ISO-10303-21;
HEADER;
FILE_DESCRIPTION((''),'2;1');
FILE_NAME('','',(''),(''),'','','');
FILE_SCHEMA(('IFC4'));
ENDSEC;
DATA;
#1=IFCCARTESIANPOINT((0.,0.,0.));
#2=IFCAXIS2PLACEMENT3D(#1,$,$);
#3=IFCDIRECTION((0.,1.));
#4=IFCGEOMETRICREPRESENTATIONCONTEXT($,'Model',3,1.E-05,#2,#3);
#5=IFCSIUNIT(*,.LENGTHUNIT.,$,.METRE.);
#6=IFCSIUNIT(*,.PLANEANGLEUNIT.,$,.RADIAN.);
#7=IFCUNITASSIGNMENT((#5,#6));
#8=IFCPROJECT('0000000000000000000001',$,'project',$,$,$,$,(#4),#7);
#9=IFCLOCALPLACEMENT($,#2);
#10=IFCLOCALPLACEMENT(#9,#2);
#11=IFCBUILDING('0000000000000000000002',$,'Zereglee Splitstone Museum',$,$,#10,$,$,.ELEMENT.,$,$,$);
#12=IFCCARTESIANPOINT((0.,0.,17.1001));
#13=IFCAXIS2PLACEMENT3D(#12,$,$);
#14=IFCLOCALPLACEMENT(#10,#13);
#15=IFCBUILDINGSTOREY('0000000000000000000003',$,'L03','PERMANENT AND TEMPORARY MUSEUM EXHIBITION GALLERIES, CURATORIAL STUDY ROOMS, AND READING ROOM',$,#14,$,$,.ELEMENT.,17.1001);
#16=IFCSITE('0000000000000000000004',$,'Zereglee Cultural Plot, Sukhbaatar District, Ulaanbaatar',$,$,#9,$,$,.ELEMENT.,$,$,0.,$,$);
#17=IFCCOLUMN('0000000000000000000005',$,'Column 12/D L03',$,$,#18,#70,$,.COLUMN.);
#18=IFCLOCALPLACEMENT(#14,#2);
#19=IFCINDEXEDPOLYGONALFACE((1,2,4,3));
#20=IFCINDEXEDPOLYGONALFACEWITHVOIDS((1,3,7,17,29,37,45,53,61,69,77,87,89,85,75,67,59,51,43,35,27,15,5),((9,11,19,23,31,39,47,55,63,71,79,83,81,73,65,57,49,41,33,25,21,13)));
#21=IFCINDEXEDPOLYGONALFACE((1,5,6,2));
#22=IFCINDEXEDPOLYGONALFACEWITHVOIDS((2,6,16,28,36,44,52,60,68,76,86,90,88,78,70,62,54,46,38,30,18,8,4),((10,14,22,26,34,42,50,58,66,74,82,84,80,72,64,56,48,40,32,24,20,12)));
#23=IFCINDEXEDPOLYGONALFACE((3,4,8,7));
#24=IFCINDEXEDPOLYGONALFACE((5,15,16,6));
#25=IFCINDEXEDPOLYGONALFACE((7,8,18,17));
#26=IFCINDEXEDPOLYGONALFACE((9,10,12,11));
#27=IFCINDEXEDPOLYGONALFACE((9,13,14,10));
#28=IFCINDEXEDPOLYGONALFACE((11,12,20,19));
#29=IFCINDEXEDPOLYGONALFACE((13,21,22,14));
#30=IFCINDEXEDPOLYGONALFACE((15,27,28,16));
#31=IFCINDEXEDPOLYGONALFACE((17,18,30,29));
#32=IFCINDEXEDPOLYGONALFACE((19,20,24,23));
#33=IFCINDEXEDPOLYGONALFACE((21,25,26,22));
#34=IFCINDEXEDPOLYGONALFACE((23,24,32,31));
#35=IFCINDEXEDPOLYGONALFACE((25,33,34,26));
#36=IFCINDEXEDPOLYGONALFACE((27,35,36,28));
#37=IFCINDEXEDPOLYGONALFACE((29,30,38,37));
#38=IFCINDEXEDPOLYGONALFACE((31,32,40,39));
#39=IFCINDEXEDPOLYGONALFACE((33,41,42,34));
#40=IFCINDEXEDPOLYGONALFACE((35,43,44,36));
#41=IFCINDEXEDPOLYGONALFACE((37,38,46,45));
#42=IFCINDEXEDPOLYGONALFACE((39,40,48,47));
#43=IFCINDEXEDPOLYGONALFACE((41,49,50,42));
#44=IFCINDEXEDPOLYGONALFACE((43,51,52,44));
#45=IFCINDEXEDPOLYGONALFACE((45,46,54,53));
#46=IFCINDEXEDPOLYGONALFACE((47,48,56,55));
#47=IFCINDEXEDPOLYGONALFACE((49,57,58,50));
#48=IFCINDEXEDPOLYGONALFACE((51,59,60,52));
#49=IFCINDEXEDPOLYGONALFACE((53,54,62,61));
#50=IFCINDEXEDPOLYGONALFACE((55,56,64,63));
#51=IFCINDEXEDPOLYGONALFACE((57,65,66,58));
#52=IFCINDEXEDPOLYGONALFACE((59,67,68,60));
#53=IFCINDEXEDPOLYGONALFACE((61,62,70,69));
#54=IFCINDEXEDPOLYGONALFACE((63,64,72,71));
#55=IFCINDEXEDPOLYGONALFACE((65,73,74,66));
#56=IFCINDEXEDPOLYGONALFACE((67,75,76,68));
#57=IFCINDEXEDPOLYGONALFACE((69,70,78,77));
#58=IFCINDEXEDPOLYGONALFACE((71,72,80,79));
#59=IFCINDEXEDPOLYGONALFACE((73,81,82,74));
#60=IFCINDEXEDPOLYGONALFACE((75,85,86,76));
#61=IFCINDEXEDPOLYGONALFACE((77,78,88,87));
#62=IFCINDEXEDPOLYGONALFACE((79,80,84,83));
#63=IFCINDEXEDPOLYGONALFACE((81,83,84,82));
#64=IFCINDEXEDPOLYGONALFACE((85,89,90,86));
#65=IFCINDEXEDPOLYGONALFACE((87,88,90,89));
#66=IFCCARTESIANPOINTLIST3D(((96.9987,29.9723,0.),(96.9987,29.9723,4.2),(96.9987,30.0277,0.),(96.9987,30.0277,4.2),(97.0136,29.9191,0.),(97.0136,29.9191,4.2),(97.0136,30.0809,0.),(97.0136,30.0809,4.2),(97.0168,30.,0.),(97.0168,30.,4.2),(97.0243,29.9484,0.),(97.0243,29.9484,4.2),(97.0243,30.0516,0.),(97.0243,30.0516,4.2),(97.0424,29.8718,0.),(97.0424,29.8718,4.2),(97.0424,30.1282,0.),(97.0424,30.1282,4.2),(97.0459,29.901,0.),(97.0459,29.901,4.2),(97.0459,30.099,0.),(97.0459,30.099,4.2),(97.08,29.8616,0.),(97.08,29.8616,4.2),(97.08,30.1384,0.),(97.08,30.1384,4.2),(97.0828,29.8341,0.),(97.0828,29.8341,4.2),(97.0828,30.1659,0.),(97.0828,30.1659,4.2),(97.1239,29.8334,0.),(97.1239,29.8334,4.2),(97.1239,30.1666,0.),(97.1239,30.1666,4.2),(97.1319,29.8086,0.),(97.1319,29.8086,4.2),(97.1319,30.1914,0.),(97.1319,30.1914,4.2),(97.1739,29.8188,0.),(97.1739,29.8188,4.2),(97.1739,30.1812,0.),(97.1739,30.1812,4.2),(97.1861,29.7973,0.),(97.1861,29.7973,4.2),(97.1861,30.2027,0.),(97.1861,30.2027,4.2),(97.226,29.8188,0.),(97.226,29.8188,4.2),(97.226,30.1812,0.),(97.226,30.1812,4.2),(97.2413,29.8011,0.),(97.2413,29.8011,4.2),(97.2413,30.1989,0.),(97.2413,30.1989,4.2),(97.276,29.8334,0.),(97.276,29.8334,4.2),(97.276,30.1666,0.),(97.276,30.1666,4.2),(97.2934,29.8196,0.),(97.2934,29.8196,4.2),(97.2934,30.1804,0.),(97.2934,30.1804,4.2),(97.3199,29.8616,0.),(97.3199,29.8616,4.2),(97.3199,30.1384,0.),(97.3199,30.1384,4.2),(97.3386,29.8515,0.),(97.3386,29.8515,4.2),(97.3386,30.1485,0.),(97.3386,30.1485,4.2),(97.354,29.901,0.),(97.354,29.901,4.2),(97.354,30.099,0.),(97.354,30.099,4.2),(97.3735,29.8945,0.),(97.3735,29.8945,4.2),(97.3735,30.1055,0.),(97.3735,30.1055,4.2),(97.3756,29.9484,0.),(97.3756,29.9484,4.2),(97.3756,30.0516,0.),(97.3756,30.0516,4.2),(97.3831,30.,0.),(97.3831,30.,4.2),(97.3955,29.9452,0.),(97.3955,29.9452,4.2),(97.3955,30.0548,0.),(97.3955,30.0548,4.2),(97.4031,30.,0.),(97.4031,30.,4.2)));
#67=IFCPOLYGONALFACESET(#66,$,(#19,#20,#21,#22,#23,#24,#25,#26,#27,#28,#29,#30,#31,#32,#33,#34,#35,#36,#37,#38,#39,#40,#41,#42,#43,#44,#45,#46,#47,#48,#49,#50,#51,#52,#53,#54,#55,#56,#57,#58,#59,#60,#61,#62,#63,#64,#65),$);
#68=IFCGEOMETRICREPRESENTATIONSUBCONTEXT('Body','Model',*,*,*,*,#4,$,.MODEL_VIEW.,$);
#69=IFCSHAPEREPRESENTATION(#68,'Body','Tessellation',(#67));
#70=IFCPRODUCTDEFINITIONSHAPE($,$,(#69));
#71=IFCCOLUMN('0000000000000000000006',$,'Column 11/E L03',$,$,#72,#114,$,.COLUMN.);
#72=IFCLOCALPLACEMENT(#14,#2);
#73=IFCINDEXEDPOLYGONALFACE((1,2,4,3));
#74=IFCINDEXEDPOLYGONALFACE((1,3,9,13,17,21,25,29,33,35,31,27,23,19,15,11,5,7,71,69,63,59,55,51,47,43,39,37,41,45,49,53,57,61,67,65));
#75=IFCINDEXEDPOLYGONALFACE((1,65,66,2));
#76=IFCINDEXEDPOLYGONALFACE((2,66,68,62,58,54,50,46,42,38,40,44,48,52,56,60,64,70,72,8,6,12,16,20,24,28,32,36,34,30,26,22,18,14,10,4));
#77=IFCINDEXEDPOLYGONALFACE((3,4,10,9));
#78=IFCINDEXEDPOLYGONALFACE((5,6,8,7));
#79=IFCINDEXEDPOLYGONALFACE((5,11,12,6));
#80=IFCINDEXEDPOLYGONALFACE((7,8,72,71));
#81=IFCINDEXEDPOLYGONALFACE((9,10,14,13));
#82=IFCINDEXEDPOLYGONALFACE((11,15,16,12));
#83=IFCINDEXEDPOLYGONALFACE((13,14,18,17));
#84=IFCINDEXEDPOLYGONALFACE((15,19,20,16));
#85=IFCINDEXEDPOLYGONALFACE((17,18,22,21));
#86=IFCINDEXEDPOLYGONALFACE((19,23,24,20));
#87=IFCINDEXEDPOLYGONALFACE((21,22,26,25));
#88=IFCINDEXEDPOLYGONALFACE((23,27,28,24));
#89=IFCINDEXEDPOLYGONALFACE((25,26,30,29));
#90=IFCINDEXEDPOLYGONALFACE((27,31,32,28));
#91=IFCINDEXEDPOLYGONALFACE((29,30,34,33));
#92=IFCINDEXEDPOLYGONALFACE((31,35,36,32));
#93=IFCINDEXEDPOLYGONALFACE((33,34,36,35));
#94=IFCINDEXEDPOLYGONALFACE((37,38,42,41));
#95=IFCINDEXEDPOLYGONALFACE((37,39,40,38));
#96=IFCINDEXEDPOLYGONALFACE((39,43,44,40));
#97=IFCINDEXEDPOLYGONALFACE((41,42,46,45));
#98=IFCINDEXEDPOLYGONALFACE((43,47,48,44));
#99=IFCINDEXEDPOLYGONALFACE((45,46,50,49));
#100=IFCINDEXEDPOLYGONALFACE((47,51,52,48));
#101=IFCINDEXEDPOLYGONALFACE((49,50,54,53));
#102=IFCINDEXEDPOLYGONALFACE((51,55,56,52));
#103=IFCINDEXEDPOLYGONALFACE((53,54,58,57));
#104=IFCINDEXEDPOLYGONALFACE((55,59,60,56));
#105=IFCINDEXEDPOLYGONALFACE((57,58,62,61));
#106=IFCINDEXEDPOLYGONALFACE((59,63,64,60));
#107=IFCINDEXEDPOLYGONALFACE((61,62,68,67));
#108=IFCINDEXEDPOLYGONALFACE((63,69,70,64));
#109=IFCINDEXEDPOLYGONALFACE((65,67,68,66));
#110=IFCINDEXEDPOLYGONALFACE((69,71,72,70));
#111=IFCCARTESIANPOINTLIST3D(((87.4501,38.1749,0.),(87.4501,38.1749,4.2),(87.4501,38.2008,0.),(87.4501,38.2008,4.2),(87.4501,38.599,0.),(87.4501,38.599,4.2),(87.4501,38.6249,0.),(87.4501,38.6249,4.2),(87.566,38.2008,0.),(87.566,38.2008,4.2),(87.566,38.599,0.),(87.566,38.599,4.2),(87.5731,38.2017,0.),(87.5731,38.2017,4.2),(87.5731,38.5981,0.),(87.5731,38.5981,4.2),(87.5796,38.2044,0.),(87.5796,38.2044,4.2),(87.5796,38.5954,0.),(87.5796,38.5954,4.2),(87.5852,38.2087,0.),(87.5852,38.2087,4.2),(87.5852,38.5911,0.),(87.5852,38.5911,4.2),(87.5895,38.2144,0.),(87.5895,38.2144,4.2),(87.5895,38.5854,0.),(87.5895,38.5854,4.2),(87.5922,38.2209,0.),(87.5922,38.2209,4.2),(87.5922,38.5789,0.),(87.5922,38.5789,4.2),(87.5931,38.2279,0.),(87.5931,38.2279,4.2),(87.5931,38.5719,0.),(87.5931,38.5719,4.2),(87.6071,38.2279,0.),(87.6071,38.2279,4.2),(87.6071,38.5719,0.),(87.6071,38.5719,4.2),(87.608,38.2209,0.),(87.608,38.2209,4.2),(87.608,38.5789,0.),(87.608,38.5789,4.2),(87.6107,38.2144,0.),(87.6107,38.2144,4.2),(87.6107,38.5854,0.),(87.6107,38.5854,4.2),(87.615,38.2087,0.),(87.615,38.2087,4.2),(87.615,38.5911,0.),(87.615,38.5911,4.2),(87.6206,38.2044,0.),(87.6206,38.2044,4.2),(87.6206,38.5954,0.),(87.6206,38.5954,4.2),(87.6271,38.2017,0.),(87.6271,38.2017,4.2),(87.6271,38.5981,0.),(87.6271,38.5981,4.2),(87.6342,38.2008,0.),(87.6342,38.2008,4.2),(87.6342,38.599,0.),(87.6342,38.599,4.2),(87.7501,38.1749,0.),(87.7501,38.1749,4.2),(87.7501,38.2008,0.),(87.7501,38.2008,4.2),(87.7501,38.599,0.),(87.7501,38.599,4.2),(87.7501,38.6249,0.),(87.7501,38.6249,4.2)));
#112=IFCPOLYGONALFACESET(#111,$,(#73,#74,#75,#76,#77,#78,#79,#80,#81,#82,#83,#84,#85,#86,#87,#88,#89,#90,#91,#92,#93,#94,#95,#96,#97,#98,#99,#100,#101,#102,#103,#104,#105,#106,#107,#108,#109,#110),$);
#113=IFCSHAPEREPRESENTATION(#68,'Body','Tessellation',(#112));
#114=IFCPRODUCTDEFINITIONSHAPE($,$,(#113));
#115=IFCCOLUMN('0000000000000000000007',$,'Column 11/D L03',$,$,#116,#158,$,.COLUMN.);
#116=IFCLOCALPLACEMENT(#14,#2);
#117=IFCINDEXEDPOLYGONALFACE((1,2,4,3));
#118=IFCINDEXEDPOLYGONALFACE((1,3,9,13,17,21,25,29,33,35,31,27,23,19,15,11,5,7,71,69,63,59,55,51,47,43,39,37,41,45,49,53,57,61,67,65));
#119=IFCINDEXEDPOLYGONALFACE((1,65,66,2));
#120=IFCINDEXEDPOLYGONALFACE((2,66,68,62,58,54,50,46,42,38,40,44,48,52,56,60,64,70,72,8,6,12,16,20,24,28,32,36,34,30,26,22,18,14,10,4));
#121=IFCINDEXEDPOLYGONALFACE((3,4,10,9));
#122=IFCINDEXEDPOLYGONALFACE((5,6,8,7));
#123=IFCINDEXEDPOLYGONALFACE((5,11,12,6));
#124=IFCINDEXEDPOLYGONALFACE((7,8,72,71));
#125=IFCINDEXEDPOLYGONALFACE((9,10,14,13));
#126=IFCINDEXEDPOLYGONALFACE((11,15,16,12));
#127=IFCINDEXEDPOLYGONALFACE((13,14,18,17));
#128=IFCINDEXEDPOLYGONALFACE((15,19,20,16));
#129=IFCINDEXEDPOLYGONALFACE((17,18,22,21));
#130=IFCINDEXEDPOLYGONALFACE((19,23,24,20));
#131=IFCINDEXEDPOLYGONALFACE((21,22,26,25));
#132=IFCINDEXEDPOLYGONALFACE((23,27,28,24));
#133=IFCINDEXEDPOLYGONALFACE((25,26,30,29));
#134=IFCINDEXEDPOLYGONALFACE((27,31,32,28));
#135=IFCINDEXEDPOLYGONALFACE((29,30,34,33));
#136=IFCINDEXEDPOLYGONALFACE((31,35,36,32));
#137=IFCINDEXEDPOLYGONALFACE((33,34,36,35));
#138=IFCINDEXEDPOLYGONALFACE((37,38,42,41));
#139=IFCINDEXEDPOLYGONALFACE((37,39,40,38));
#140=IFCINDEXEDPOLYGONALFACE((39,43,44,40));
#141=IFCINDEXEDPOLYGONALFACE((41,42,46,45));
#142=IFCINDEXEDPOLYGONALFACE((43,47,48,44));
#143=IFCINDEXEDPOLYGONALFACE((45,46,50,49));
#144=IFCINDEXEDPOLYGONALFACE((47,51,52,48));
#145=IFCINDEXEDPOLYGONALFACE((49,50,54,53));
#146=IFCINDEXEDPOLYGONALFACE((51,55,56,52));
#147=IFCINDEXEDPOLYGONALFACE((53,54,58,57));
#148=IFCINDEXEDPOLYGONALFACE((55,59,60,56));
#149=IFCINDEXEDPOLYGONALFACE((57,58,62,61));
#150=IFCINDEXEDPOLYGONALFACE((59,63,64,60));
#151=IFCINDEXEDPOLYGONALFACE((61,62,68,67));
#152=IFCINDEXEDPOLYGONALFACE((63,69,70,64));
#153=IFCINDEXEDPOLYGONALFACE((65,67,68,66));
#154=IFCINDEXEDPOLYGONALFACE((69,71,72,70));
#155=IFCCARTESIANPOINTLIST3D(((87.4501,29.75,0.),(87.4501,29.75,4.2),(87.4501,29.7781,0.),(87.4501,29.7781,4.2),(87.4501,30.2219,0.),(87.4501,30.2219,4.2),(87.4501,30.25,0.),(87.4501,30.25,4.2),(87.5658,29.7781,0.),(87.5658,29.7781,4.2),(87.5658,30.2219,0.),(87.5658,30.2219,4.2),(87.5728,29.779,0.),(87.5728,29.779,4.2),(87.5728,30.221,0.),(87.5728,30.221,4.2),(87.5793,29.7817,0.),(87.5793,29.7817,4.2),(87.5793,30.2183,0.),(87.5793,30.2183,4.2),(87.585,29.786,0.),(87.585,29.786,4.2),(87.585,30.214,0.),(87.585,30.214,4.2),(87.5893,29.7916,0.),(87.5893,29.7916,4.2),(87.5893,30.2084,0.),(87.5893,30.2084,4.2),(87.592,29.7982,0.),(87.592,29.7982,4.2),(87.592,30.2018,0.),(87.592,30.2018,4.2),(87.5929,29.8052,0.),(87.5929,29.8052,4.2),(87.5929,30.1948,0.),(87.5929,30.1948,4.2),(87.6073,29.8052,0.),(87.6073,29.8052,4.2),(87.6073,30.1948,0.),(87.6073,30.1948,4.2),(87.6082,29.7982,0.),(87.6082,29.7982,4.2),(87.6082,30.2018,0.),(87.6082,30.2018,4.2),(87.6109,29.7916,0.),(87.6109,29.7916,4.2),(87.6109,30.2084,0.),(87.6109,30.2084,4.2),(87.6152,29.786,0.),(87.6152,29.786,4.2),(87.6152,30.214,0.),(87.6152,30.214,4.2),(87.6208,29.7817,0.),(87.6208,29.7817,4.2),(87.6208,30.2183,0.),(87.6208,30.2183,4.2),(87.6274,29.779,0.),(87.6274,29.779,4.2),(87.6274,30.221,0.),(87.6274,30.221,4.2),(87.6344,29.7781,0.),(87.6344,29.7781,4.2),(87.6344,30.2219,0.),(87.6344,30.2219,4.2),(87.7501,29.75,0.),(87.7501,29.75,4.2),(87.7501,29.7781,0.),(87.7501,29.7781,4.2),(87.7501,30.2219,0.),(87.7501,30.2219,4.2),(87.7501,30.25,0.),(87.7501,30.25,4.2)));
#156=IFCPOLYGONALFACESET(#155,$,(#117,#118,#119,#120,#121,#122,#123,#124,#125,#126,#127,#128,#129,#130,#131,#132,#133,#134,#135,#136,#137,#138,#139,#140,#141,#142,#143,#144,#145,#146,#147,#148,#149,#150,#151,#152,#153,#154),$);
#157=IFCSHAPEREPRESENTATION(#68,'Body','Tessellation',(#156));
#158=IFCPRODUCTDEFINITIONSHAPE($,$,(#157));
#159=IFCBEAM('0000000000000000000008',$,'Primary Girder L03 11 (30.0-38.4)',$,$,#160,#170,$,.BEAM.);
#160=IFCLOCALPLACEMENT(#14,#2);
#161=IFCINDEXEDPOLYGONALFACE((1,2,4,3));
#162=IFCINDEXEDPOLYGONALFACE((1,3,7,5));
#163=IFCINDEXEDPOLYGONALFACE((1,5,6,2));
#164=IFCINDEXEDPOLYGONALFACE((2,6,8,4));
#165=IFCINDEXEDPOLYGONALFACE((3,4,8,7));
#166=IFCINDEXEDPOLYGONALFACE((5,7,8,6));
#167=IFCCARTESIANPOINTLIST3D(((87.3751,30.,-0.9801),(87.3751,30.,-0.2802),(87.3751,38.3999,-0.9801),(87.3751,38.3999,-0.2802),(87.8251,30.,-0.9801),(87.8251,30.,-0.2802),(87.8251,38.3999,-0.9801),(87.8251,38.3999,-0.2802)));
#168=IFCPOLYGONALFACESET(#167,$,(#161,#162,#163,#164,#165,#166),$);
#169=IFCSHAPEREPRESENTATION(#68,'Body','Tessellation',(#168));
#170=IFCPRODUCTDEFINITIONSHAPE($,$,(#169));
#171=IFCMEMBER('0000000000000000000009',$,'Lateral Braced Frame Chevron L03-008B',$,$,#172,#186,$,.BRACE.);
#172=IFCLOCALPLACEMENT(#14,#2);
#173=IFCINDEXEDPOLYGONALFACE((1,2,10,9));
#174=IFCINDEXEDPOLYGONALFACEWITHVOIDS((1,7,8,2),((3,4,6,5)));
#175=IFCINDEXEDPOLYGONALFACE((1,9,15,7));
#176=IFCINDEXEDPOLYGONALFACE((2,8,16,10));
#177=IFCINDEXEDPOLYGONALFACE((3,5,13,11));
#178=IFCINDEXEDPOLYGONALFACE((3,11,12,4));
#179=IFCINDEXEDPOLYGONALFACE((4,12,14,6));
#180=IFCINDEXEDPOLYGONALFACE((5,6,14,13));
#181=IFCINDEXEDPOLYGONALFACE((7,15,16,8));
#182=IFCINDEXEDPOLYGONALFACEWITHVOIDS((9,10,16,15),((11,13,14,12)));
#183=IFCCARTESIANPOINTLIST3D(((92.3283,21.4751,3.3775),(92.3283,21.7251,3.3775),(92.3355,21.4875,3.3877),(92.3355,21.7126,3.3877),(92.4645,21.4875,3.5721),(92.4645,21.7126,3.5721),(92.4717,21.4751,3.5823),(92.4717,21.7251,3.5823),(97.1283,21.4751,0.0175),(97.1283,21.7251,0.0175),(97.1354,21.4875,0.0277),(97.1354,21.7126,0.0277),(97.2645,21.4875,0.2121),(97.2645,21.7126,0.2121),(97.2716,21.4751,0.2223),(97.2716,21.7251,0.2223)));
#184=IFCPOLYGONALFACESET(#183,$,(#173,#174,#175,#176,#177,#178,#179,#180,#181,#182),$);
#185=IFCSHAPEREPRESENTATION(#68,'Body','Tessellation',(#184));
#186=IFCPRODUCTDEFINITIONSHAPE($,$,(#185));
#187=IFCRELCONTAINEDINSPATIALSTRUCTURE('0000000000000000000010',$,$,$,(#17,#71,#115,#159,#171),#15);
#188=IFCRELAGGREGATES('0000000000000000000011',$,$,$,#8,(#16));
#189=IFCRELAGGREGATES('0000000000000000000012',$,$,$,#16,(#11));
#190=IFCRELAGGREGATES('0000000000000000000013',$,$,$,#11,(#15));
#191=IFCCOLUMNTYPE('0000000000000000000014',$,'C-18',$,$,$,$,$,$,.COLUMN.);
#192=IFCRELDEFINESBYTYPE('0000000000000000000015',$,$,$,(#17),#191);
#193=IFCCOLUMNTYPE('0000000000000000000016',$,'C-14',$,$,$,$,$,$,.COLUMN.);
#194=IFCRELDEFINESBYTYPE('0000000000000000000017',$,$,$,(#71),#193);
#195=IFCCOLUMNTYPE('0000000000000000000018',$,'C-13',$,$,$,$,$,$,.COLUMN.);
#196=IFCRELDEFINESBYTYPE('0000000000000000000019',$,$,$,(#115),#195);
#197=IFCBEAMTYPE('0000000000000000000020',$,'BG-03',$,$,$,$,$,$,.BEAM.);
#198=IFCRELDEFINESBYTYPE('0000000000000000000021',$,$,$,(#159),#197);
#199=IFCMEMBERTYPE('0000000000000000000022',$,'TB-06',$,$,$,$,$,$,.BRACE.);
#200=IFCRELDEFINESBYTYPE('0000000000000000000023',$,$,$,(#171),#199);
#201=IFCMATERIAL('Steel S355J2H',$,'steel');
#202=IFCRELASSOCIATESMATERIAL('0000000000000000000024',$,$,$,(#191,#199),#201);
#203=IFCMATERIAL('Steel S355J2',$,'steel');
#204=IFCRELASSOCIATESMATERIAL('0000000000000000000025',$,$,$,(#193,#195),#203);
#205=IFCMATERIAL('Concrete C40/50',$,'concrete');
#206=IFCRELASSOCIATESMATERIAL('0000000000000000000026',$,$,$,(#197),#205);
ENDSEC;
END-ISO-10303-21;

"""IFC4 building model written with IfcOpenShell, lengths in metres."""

from ifc_helpers import new_model, si_unit, direction, frame, origin, origin_2d, place, context, subcontext, project, spatial, rectangle, hollow_rectangle, hollow_circle, i_section, extrude, material, material_profile, profile_set, type_object, element, save


model = new_model("IFC4")

# Units and contexts
model_context = context("Model", 3, precision=1e-05, world=origin(), true_north=direction((0.0, 1.0)))
body_context = subcontext(model_context, "Body", "Model", "MODEL_VIEW")
ifc_project = project(units=[si_unit("LENGTHUNIT", "METRE"), si_unit("PLANEANGLEUNIT", "RADIAN")], contexts=[model_context])

# Site, building, storey
site_placement = place(None, origin())
site = spatial("IfcSite", under=ifc_project, at=site_placement, Name="Zereglee Cultural Plot, Sukhbaatar District, Ulaanbaatar", CompositionType="ELEMENT", RefElevation=0.0)
building_placement = place(site_placement, origin())
building = spatial("IfcBuilding", under=site, at=building_placement, Name="Zereglee Splitstone Museum", CompositionType="ELEMENT")
storey_placement = place(building_placement, frame((0.0, 0.0, 17.1001)))
storey = spatial("IfcBuildingStorey", under=building, at=storey_placement, Name="L03", Description="PERMANENT AND TEMPORARY MUSEUM EXHIBITION GALLERIES, CURATORIAL STUDY ROOMS, AND READING ROOM", CompositionType="ELEMENT", Elevation=17.1001)

# Columns
ifc_material_1 = material(Name="Steel S355J2H", Category="steel")
ifc_material_profile_1 = material_profile(ifc_material_1, hollow_circle(Radius=0.2031, WallThickness=0.02, at=origin_2d()), Name="CHS 406.4x20")
ifc_profile_set_1 = profile_set([ifc_material_profile_1], Name="Steel S355J2H")
column_type_1 = type_object("IfcColumnType", Name="C-18", PredefinedType="COLUMN", material=ifc_profile_set_1)
column_1_placement = place(storey_placement, frame((97.2, 30.0, 0.0), z_axis=(0.0, 0.0, 1.0), x_axis=(1.0, 0.0, 0.0)))
element("IfcColumn", 1, at=column_1_placement, inside=storey, type_object=column_type_1, Name="Column 12/D L03", PredefinedType="COLUMN", context=body_context, shape_type="SweptSolid", body=[
    extrude(hollow_circle(Radius=0.2031, WallThickness=0.02, at=origin_2d()), origin(), (0.0, 0.0, 1.0), 4.2),
])
ifc_material_2 = material(Name="Steel S355J2", Category="steel")
ifc_material_profile_2 = material_profile(ifc_material_2, i_section(OverallWidth=0.3, OverallDepth=0.45, WebThickness=0.0139, FlangeThickness=0.0259, FilletRadius=0.0271, at=origin_2d()), Name="HE 450 B")
ifc_profile_set_2 = profile_set([ifc_material_profile_2], Name="Steel S355J2")
column_type_2 = type_object("IfcColumnType", Name="C-14", PredefinedType="COLUMN", material=ifc_profile_set_2)
column_2_placement = place(storey_placement, frame((87.6001, 38.3999, 0.0), z_axis=(0.0, 0.0, 1.0), x_axis=(1.0, 0.0, 0.0)))
element("IfcColumn", 2, at=column_2_placement, inside=storey, type_object=column_type_2, Name="Column 11/E L03", PredefinedType="COLUMN", context=body_context, shape_type="SweptSolid", body=[
    extrude(i_section(OverallWidth=0.3, OverallDepth=0.45, WebThickness=0.0139, FlangeThickness=0.0259, FilletRadius=0.0271, at=origin_2d()), origin(), (0.0, 0.0, 1.0), 4.2),
])
ifc_material_profile_3 = material_profile(ifc_material_2, i_section(OverallWidth=0.3, OverallDepth=0.5, WebThickness=0.0144, FlangeThickness=0.0281, FilletRadius=0.0271, at=origin_2d()), Name="HE 500 B")
ifc_profile_set_3 = profile_set([ifc_material_profile_3], Name="Steel S355J2")
column_type_3 = type_object("IfcColumnType", Name="C-13", PredefinedType="COLUMN", material=ifc_profile_set_3)
column_3_placement = place(storey_placement, frame((87.6001, 30.0, 0.0), z_axis=(0.0, 0.0, 1.0), x_axis=(1.0, 0.0, 0.0)))
element("IfcColumn", 3, at=column_3_placement, inside=storey, type_object=column_type_3, Name="Column 11/D L03", PredefinedType="COLUMN", context=body_context, shape_type="SweptSolid", body=[
    extrude(i_section(OverallWidth=0.3, OverallDepth=0.5, WebThickness=0.0144, FlangeThickness=0.0281, FilletRadius=0.0271, at=origin_2d()), origin(), (0.0, 0.0, 1.0), 4.2),
])

# Beam
ifc_material_3 = material(Name="Concrete C40/50", Category="concrete")
ifc_material_profile_4 = material_profile(ifc_material_3, rectangle(XDim=0.45, YDim=0.7, at=origin_2d()), Name="RC 450x700")
ifc_profile_set_4 = profile_set([ifc_material_profile_4], Name="Concrete C40/50")
beam_type_1 = type_object("IfcBeamType", Name="BG-03", PredefinedType="BEAM", material=ifc_profile_set_4)
beam_1_placement = place(storey_placement, frame((87.6001, 30.0, -0.6301), z_axis=(0.0, 1.0, 0.0), x_axis=(-1.0, 0.0, 0.0)))
element("IfcBeam", 4, at=beam_1_placement, inside=storey, type_object=beam_type_1, Name="Primary Girder L03 11 (30.0-38.4)", PredefinedType="BEAM", context=body_context, shape_type="SweptSolid", body=[
    extrude(rectangle(XDim=0.45, YDim=0.7, at=origin_2d()), origin(), (0.0, 0.0, 1.0), 8.3999),
])

# Member
ifc_material_profile_5 = material_profile(ifc_material_1, hollow_rectangle(XDim=0.25, YDim=0.25, WallThickness=0.0125, at=origin_2d()), Name="SHS 250x250x12.5")
ifc_profile_set_5 = profile_set([ifc_material_profile_5], Name="Steel S355J2H")
member_type = type_object("IfcMemberType", Name="TB-06", PredefinedType="BRACE", material=ifc_profile_set_5)
member_placement = place(storey_placement, frame((97.2, 21.6001, 0.1199), z_axis=(-0.819226, 0.0, 0.573471), x_axis=(0.0, -1.0, 0.0)))
element("IfcMember", 5, at=member_placement, inside=storey, type_object=member_type, Name="Lateral Braced Frame Chevron L03-008B", PredefinedType="BRACE", context=body_context, shape_type="SweptSolid", body=[
    extrude(hollow_rectangle(XDim=0.25, YDim=0.25, WallThickness=0.0125, at=origin_2d()), origin(), (0.0, 0.0, 1.0), 5.8591),
])

save(model, "model.ifc")
